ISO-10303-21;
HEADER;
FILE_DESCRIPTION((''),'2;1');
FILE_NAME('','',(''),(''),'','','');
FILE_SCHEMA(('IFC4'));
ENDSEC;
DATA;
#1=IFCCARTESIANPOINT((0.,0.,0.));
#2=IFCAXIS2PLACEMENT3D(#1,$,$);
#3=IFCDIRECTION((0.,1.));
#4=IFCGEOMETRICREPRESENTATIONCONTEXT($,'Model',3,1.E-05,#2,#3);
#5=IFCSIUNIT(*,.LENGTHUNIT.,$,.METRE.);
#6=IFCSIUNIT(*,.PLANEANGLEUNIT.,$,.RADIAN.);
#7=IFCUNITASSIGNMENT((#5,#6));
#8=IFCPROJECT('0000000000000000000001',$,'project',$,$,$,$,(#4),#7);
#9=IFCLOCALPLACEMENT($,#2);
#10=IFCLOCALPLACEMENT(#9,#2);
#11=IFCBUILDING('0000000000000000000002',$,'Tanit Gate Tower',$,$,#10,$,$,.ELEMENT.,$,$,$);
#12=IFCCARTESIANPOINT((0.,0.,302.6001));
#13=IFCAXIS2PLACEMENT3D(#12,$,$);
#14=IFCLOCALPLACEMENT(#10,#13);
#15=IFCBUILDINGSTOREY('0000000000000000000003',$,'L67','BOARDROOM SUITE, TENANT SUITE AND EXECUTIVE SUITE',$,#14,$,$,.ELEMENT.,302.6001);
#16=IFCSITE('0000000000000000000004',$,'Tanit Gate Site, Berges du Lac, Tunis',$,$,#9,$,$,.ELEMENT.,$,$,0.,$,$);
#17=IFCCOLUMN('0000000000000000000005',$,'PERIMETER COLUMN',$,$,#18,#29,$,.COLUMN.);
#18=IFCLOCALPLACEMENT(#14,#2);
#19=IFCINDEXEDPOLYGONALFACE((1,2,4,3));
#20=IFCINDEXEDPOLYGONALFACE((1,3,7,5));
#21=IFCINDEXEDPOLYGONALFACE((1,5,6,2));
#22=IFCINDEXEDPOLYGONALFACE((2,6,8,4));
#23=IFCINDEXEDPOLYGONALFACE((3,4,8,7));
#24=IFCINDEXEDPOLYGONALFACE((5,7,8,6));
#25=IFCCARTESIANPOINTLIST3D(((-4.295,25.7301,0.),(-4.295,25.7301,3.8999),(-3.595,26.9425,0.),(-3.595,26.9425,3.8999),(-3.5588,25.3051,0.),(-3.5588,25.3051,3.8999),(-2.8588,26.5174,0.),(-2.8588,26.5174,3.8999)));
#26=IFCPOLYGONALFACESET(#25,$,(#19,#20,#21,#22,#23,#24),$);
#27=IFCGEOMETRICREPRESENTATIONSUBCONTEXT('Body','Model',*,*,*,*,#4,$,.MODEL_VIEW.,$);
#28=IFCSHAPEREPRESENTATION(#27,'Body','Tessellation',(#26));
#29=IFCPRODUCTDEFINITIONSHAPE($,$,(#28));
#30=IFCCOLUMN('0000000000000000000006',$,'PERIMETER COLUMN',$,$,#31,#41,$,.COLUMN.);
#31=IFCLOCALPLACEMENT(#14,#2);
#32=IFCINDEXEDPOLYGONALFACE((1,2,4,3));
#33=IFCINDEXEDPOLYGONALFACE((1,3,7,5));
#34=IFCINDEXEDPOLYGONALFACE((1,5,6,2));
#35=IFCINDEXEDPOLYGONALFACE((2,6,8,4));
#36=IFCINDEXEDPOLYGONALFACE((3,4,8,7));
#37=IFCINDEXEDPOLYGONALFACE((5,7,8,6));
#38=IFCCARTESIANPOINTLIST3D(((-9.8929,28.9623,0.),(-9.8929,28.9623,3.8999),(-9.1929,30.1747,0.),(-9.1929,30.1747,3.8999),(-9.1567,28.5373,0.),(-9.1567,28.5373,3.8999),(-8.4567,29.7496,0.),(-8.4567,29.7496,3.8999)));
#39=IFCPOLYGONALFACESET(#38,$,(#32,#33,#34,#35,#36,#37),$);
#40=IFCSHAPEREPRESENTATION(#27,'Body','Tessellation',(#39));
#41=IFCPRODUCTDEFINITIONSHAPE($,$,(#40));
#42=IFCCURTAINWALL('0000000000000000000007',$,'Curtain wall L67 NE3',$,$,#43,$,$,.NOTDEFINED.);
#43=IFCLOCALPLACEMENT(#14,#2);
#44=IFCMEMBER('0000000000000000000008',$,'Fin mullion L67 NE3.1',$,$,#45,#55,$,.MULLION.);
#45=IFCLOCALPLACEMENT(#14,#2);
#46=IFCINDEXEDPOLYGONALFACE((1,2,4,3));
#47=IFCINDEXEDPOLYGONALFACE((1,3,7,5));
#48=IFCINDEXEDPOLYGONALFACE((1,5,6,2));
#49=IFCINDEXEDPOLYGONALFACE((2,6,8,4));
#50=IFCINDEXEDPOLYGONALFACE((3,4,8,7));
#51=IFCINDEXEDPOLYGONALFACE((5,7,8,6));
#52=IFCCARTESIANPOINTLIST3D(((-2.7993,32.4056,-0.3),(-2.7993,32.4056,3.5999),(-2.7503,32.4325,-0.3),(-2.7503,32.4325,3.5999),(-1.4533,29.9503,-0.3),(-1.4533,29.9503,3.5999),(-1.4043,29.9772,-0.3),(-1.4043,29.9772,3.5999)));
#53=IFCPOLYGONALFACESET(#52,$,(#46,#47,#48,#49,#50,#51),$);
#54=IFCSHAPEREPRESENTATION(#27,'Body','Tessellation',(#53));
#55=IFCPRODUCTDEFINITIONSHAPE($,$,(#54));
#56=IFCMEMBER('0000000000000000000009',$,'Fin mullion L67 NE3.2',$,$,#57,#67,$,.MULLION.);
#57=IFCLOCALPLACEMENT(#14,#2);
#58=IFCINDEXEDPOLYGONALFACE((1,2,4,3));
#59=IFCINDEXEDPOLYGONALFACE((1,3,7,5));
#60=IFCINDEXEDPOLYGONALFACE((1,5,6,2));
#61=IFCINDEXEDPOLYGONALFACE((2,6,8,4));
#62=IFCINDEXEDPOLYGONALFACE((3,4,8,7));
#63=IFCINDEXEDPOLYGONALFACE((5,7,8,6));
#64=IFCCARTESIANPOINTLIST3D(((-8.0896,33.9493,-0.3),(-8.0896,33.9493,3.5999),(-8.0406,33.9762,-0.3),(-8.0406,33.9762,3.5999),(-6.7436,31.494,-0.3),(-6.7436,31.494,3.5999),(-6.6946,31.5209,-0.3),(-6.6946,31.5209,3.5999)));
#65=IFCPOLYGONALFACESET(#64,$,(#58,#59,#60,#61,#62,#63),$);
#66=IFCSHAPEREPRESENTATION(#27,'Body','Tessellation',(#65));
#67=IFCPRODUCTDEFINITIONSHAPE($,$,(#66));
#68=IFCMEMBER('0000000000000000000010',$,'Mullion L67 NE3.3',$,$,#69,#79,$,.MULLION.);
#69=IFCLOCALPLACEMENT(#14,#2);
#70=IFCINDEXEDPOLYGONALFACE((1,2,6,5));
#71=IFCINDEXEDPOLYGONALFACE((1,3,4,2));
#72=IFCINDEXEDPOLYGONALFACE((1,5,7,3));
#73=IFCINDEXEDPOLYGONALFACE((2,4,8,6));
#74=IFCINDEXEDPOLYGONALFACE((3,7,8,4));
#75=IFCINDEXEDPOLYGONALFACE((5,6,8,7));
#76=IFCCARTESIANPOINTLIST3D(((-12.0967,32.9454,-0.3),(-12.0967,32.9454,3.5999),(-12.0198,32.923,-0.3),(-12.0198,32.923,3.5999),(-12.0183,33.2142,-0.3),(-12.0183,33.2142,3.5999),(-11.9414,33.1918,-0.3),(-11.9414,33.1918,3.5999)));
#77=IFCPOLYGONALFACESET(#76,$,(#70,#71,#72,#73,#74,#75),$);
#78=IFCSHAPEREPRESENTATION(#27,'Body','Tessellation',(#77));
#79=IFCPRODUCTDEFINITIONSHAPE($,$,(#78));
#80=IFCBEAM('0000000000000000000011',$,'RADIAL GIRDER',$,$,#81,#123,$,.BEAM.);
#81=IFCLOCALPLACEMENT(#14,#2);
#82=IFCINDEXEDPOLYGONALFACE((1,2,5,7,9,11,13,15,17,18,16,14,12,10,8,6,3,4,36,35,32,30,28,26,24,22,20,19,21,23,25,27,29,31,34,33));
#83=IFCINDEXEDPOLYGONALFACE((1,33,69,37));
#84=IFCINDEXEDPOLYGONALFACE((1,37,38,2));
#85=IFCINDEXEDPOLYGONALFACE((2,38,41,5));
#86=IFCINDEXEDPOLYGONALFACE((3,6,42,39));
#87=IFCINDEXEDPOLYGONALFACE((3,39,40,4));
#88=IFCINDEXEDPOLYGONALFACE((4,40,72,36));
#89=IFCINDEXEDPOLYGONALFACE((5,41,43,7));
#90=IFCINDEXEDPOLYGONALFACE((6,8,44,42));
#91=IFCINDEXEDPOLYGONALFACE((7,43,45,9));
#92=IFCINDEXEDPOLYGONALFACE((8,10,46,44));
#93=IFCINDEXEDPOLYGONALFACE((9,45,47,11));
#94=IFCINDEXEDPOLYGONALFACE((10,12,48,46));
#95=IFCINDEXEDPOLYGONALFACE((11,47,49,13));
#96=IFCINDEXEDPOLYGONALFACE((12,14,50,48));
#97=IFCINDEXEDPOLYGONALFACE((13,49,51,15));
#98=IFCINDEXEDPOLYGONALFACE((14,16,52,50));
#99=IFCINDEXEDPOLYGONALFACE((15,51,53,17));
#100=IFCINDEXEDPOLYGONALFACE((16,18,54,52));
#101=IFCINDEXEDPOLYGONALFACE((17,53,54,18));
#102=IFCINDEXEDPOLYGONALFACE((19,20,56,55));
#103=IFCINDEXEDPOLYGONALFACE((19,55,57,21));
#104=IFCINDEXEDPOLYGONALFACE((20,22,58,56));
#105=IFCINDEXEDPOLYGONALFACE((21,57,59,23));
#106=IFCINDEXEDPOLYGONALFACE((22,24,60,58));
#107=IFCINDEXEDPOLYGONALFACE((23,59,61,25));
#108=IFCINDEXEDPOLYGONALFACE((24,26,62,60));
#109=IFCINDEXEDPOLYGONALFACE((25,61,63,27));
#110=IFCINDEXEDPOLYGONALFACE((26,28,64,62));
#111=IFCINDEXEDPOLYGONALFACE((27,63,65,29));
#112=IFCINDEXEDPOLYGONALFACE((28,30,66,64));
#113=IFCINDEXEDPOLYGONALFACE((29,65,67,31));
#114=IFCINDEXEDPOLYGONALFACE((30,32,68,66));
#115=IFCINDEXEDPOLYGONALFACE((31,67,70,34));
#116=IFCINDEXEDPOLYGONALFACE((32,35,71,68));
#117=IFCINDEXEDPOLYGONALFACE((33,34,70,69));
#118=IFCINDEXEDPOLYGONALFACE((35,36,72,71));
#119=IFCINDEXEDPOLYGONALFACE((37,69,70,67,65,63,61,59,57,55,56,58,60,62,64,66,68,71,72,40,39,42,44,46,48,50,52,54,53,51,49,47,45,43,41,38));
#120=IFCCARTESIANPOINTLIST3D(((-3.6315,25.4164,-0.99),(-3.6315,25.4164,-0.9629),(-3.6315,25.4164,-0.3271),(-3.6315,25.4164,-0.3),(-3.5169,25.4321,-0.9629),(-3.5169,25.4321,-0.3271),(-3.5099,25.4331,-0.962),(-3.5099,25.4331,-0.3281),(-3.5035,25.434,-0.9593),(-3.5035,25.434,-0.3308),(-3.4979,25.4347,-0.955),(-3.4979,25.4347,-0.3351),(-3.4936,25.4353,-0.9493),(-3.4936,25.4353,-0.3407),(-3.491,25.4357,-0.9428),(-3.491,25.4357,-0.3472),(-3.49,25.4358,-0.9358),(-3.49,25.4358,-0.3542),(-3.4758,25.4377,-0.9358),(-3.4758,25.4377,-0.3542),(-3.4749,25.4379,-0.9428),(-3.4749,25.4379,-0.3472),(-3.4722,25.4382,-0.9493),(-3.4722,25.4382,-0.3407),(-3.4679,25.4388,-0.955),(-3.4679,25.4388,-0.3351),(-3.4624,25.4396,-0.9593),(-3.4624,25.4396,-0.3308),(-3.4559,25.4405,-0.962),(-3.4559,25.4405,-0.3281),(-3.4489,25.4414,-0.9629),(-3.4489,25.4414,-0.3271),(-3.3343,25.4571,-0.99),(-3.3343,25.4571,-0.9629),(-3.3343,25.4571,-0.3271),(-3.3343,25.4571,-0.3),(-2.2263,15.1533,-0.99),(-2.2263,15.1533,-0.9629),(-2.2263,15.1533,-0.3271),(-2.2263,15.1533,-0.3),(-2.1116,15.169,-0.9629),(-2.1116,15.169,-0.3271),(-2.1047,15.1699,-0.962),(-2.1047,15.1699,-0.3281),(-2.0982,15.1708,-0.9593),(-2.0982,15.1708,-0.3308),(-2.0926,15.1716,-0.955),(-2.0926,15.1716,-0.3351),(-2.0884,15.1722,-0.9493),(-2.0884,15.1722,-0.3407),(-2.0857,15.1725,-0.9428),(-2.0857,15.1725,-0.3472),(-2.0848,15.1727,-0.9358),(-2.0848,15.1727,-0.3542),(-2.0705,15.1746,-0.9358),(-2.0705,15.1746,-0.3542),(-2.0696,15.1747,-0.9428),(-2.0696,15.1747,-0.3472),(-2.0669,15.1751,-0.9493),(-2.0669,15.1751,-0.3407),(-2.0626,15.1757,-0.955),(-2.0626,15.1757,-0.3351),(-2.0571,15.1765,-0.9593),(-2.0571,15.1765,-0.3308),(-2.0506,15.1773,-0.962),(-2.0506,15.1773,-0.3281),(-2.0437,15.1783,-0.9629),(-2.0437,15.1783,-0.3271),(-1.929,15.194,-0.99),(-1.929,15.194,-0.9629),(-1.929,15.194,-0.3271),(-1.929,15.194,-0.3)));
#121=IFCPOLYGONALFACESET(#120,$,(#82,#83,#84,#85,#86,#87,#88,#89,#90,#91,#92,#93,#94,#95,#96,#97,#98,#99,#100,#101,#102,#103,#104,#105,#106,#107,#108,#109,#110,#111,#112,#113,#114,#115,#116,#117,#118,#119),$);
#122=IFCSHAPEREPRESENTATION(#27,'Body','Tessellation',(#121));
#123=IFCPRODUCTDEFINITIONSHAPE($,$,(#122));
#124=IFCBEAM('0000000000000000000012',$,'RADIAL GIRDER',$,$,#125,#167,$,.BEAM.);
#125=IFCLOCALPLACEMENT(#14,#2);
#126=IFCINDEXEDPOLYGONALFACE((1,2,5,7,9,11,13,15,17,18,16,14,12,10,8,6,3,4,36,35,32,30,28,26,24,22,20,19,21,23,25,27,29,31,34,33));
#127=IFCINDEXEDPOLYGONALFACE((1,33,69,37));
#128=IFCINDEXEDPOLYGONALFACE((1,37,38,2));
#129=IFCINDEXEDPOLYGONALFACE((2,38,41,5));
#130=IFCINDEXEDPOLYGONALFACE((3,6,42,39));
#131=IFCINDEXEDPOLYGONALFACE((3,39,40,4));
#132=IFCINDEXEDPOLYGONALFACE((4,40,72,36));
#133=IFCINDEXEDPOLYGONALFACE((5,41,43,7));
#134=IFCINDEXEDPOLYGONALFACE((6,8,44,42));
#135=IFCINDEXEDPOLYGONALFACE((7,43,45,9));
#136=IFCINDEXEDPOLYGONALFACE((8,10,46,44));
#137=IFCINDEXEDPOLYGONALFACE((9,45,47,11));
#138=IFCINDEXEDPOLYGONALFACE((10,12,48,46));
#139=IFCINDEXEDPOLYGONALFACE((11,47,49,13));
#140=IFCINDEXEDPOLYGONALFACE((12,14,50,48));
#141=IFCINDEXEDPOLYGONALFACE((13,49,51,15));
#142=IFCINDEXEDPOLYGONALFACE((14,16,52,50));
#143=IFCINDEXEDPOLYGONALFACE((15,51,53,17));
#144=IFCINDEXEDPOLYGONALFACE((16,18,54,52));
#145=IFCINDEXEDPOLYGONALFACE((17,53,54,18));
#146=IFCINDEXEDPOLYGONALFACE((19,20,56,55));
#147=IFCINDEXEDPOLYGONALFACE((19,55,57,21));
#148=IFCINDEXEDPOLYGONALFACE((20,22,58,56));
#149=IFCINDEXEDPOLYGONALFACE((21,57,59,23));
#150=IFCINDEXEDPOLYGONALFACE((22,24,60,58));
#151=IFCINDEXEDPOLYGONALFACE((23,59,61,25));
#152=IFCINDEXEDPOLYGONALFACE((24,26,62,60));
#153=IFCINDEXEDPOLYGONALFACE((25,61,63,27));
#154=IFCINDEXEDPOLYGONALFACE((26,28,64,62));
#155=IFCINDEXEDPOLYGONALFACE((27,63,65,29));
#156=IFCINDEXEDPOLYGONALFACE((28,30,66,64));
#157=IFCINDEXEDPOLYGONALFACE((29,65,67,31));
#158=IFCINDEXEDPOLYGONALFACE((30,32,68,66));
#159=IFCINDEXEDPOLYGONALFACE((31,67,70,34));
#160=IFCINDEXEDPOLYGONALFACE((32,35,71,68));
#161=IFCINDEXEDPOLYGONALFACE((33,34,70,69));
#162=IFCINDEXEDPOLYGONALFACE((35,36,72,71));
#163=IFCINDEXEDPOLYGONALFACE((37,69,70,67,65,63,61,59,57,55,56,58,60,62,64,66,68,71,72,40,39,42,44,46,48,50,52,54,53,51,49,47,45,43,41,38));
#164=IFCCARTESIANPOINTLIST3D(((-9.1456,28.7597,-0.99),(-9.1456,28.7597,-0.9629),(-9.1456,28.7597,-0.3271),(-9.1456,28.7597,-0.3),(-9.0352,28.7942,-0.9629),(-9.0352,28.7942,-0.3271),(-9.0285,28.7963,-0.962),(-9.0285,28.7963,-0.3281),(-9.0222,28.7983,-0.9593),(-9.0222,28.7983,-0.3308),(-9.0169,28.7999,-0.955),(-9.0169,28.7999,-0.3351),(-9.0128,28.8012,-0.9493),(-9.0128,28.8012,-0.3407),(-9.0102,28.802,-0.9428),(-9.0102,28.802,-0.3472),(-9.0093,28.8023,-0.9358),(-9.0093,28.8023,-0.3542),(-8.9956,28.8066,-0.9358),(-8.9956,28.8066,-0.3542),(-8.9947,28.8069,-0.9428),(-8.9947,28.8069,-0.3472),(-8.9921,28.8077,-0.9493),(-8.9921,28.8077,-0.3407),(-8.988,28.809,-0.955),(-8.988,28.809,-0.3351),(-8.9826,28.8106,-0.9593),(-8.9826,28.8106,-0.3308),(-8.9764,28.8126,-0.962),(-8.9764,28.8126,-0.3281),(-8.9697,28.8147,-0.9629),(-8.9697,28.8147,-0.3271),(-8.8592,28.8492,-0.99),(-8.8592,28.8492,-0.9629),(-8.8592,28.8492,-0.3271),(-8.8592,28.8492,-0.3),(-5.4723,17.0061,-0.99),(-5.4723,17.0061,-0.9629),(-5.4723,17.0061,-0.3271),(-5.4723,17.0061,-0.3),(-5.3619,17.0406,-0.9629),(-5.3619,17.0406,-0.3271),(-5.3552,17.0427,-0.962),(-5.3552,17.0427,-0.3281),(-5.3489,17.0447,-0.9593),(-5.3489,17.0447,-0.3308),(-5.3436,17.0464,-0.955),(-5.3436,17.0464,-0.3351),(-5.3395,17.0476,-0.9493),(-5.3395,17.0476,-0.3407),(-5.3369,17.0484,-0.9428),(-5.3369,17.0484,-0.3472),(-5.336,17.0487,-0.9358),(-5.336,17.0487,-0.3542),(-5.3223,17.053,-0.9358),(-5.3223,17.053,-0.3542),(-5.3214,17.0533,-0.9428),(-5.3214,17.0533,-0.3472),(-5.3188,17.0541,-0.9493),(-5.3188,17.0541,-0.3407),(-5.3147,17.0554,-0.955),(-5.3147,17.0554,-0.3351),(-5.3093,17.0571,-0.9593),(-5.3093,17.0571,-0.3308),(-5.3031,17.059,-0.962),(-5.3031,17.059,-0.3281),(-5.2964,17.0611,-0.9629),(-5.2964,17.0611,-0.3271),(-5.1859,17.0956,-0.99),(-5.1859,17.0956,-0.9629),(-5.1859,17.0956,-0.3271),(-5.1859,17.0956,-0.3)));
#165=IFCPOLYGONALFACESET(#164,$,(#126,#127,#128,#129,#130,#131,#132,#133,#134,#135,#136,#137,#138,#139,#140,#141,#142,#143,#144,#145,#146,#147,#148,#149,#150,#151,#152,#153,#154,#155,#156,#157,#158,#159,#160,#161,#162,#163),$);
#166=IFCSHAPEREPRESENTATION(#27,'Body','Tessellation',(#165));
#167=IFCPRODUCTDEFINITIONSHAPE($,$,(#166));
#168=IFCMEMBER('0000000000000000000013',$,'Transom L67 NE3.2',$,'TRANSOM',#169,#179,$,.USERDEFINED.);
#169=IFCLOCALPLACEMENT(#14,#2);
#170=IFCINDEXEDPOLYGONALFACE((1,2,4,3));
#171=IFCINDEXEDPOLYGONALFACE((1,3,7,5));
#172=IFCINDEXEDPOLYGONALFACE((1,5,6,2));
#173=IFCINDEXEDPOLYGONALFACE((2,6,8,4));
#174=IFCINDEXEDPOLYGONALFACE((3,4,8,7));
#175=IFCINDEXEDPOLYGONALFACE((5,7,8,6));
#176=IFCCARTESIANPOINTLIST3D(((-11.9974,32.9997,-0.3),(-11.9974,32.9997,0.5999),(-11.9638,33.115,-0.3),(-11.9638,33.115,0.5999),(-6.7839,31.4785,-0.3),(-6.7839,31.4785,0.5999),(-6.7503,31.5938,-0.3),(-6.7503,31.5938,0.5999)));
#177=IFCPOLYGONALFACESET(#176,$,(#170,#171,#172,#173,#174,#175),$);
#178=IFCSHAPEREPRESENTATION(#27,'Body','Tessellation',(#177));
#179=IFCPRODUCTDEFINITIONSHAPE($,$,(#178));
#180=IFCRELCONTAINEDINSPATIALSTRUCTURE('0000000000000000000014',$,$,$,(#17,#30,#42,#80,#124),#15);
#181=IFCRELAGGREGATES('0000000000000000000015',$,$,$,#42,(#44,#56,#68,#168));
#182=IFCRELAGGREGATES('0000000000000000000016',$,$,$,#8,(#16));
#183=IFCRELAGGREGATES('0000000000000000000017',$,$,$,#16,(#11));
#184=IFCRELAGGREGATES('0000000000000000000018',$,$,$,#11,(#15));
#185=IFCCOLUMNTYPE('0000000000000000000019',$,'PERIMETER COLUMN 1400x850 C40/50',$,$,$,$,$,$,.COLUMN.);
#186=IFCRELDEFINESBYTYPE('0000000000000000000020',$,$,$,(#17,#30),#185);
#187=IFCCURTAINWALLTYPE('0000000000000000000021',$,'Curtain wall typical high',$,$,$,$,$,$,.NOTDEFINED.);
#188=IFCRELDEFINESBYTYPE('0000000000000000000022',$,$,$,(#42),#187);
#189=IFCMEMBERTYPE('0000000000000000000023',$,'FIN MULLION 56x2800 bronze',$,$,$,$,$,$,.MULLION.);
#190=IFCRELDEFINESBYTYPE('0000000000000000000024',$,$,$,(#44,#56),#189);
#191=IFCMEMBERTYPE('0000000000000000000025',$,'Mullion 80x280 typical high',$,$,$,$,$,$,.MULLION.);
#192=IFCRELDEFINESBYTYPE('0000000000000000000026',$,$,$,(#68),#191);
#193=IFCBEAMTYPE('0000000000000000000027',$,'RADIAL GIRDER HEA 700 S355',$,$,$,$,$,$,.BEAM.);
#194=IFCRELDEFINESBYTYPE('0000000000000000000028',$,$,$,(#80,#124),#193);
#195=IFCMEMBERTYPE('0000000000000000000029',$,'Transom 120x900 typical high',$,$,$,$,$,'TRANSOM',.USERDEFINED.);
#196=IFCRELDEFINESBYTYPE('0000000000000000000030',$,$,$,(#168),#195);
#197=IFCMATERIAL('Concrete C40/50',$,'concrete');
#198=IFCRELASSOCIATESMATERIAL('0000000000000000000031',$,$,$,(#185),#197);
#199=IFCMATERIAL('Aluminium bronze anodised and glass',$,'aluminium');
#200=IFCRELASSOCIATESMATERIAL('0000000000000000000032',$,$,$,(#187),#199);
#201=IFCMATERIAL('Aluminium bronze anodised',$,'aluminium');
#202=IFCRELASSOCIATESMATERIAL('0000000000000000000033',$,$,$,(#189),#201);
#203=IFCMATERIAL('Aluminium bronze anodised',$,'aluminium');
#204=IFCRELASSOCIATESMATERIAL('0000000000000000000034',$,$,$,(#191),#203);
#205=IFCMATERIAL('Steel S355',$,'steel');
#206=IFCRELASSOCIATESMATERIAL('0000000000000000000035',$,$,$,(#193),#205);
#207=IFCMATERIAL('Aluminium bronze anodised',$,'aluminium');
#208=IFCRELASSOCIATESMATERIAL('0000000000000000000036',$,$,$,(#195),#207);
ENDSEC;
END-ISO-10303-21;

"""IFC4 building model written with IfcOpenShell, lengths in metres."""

from ifc_helpers import new_model, si_unit, direction, frame, origin, origin_2d, place, context, subcontext, project, spatial, rectangle, i_section, extrude, material, material_profile, profile_set, type_object, element, aggregate, save


model = new_model("IFC4")

# Units and contexts
model_context = context("Model", 3, precision=1e-05, world=origin(), true_north=direction((0.0, 1.0)))
body_context = subcontext(model_context, "Body", "Model", "MODEL_VIEW")
ifc_project = project(units=[si_unit("LENGTHUNIT", "METRE"), si_unit("PLANEANGLEUNIT", "RADIAN")], contexts=[model_context])

# Site, building, storey
site_placement = place(None, origin())
site = spatial("IfcSite", under=ifc_project, at=site_placement, Name="Tanit Gate Site, Berges du Lac, Tunis", CompositionType="ELEMENT", RefElevation=0.0)
building_placement = place(site_placement, origin())
building = spatial("IfcBuilding", under=site, at=building_placement, Name="Tanit Gate Tower", CompositionType="ELEMENT")
storey_placement = place(building_placement, frame((0.0, 0.0, 302.6001)))
storey = spatial("IfcBuildingStorey", under=building, at=storey_placement, Name="L67", Description="BOARDROOM SUITE, TENANT SUITE AND EXECUTIVE SUITE", CompositionType="ELEMENT", Elevation=302.6001)

# Columns
ifc_material_1 = material(Name="Concrete C40/50", Category="concrete")
ifc_material_profile_1 = material_profile(ifc_material_1, rectangle(XDim=1.3999, YDim=0.8501, at=origin_2d()), Name="RC 1400x850")
ifc_profile_set_1 = profile_set([ifc_material_profile_1], Name="Concrete C40/50")
column_type = type_object("IfcColumnType", Name="PERIMETER COLUMN 1400x850 C40/50", PredefinedType="COLUMN", material=ifc_profile_set_1)
for number, where, z_axis, x_axis, name in (
    (1, (-3.5769, 26.1238, 0.0), (0.0, 0.0, 1.0), (0.5, 0.866025, 0.0), "PERIMETER COLUMN"),
    (2, (-9.1748, 29.356, 0.0), (0.0, 0.0, 1.0), (0.5, 0.866025, 0.0), "PERIMETER COLUMN"),
):
    element("IfcColumn", number, at=place(storey_placement, frame(where, z_axis=z_axis, x_axis=x_axis)), inside=storey, type_object=column_type, Name=name, PredefinedType="COLUMN", context=body_context, shape_type="SweptSolid", body=[
        extrude(rectangle(XDim=1.3999, YDim=0.8501, at=origin_2d()), origin(), (0.0, 0.0, 1.0), 3.8999),
    ])

# Curtain wall, members
ifc_material_2 = material(Name="Aluminium bronze anodised and glass", Category="aluminium")
curtain_wall_type = type_object("IfcCurtainWallType", Name="Curtain wall typical high", PredefinedType="NOTDEFINED", material=ifc_material_2)
curtain_wall_placement = place(storey_placement, origin())
curtain_wall = element("IfcCurtainWall", 3, at=curtain_wall_placement, inside=storey, type_object=curtain_wall_type, Name="Curtain wall L67 NE3", PredefinedType="NOTDEFINED")
ifc_material_3 = material(Name="Aluminium bronze anodised", Category="aluminium")
ifc_material_profile_2 = material_profile(ifc_material_3, rectangle(XDim=2.8, YDim=0.0559, at=origin_2d()), Name="56x2800 bronze fin mullion")
ifc_profile_set_2 = profile_set([ifc_material_profile_2], Name="Aluminium bronze anodised")
member_type_1 = type_object("IfcMemberType", Name="FIN MULLION 56x2800 bronze", PredefinedType="MULLION", material=ifc_profile_set_2)
member_1_placement = place(storey_placement, frame((-2.1018, 31.1914, -0.3), z_axis=(0.0, 0.0, 1.0), x_axis=(0.480719, -0.876875, 0.0)))
member_1 = element("IfcMember", 4, at=member_1_placement, type_object=member_type_1, Name="Fin mullion L67 NE3.1", PredefinedType="MULLION", context=body_context, shape_type="SweptSolid", body=[
    extrude(rectangle(XDim=2.8, YDim=0.0559, at=origin_2d()), origin(), (0.0, 0.0, 1.0), 3.8999),
])
member_2_placement = place(storey_placement, frame((-7.3921, 32.7351, -0.3), z_axis=(0.0, 0.0, 1.0), x_axis=(0.480719, -0.876875, 0.0)))
member_2 = element("IfcMember", 5, at=member_2_placement, type_object=member_type_1, Name="Fin mullion L67 NE3.2", PredefinedType="MULLION", context=body_context, shape_type="SweptSolid", body=[
    extrude(rectangle(XDim=2.8, YDim=0.0559, at=origin_2d()), origin(), (0.0, 0.0, 1.0), 3.8999),
])
ifc_material_4 = material(Name="Aluminium bronze anodised", Category="aluminium")
ifc_material_profile_3 = material_profile(ifc_material_4, rectangle(XDim=0.28, YDim=0.0801, at=origin_2d()), Name="80x280 bronze mullion")
ifc_profile_set_3 = profile_set([ifc_material_profile_3], Name="Aluminium bronze anodised")
member_type_2 = type_object("IfcMemberType", Name="Mullion 80x280 typical high", PredefinedType="MULLION", material=ifc_profile_set_3)
member_3_placement = place(storey_placement, frame((-12.019, 33.0686, -0.3), z_axis=(0.0, 0.0, 1.0), x_axis=(-0.280124, -0.959964, 0.0)))
member_3 = element("IfcMember", 6, at=member_3_placement, type_object=member_type_2, Name="Mullion L67 NE3.3", PredefinedType="MULLION", context=body_context, shape_type="SweptSolid", body=[
    extrude(rectangle(XDim=0.28, YDim=0.0801, at=origin_2d()), origin(), (0.0, 0.0, 1.0), 3.8999),
])

# Beams
ifc_material_5 = material(Name="Steel S355", Category="steel")
ifc_material_profile_4 = material_profile(ifc_material_5, i_section(OverallWidth=0.3, OverallDepth=0.6899, WebThickness=0.0144, FlangeThickness=0.0271, FilletRadius=0.0271, at=origin_2d()), Name="HEA 700")
ifc_profile_set_4 = profile_set([ifc_material_profile_4], Name="Steel S355")
beam_type = type_object("IfcBeamType", Name="RADIAL GIRDER HEA 700 S355", PredefinedType="BEAM", material=ifc_profile_set_4)
beam_1_placement = place(storey_placement, frame((-3.4829, 25.4368, -0.645), z_axis=(0.135658, -0.990756, 0.0), x_axis=(0.990756, 0.135658, 0.0)))
element("IfcBeam", 7, at=beam_1_placement, inside=storey, type_object=beam_type, Name="RADIAL GIRDER", PredefinedType="BEAM", context=body_context, shape_type="SweptSolid", body=[
    extrude(i_section(OverallWidth=0.3, OverallDepth=0.6899, WebThickness=0.0144, FlangeThickness=0.0271, FilletRadius=0.0271, at=origin_2d()), origin(), (0.0, 0.0, 1.0), 10.3589),
])
beam_2_placement = place(storey_placement, frame((-9.0024, 28.8044, -0.645), z_axis=(0.298299, -0.954473, 0.0), x_axis=(0.954473, 0.298299, 0.0)))
element("IfcBeam", 8, at=beam_2_placement, inside=storey, type_object=beam_type, Name="RADIAL GIRDER", PredefinedType="BEAM", context=body_context, shape_type="SweptSolid", body=[
    extrude(i_section(OverallWidth=0.3, OverallDepth=0.6899, WebThickness=0.0144, FlangeThickness=0.0271, FilletRadius=0.0271, at=origin_2d()), origin(), (0.0, 0.0, 1.0), 12.3142),
])

# Member
ifc_material_6 = material(Name="Aluminium bronze anodised", Category="aluminium")
ifc_material_profile_5 = material_profile(ifc_material_6, rectangle(XDim=0.1201, YDim=0.8999, at=origin_2d()), Name="120x900 bronze transom")
ifc_profile_set_5 = profile_set([ifc_material_profile_5], Name="Aluminium bronze anodised")
member_type_3 = type_object("IfcMemberType", Name="Transom 120x900 typical high", ElementType="TRANSOM", PredefinedType="USERDEFINED", material=ifc_profile_set_5)
member_4_placement = place(storey_placement, frame((-6.7671, 31.5361, 0.1499), z_axis=(-0.95997, 0.280102, 0.0), x_axis=(-0.280102, -0.95997, 0.0)))
member_4 = element("IfcMember", 9, at=member_4_placement, type_object=member_type_3, Name="Transom L67 NE3.2", ObjectType="TRANSOM", PredefinedType="USERDEFINED", context=body_context, shape_type="SweptSolid", body=[
    extrude(rectangle(XDim=0.1201, YDim=0.8999, at=origin_2d()), origin(), (0.0, 0.0, 1.0), 5.4309),
])

aggregate(curtain_wall, [member_1, member_2, member_3, member_4])

save(model, "model.ifc")
